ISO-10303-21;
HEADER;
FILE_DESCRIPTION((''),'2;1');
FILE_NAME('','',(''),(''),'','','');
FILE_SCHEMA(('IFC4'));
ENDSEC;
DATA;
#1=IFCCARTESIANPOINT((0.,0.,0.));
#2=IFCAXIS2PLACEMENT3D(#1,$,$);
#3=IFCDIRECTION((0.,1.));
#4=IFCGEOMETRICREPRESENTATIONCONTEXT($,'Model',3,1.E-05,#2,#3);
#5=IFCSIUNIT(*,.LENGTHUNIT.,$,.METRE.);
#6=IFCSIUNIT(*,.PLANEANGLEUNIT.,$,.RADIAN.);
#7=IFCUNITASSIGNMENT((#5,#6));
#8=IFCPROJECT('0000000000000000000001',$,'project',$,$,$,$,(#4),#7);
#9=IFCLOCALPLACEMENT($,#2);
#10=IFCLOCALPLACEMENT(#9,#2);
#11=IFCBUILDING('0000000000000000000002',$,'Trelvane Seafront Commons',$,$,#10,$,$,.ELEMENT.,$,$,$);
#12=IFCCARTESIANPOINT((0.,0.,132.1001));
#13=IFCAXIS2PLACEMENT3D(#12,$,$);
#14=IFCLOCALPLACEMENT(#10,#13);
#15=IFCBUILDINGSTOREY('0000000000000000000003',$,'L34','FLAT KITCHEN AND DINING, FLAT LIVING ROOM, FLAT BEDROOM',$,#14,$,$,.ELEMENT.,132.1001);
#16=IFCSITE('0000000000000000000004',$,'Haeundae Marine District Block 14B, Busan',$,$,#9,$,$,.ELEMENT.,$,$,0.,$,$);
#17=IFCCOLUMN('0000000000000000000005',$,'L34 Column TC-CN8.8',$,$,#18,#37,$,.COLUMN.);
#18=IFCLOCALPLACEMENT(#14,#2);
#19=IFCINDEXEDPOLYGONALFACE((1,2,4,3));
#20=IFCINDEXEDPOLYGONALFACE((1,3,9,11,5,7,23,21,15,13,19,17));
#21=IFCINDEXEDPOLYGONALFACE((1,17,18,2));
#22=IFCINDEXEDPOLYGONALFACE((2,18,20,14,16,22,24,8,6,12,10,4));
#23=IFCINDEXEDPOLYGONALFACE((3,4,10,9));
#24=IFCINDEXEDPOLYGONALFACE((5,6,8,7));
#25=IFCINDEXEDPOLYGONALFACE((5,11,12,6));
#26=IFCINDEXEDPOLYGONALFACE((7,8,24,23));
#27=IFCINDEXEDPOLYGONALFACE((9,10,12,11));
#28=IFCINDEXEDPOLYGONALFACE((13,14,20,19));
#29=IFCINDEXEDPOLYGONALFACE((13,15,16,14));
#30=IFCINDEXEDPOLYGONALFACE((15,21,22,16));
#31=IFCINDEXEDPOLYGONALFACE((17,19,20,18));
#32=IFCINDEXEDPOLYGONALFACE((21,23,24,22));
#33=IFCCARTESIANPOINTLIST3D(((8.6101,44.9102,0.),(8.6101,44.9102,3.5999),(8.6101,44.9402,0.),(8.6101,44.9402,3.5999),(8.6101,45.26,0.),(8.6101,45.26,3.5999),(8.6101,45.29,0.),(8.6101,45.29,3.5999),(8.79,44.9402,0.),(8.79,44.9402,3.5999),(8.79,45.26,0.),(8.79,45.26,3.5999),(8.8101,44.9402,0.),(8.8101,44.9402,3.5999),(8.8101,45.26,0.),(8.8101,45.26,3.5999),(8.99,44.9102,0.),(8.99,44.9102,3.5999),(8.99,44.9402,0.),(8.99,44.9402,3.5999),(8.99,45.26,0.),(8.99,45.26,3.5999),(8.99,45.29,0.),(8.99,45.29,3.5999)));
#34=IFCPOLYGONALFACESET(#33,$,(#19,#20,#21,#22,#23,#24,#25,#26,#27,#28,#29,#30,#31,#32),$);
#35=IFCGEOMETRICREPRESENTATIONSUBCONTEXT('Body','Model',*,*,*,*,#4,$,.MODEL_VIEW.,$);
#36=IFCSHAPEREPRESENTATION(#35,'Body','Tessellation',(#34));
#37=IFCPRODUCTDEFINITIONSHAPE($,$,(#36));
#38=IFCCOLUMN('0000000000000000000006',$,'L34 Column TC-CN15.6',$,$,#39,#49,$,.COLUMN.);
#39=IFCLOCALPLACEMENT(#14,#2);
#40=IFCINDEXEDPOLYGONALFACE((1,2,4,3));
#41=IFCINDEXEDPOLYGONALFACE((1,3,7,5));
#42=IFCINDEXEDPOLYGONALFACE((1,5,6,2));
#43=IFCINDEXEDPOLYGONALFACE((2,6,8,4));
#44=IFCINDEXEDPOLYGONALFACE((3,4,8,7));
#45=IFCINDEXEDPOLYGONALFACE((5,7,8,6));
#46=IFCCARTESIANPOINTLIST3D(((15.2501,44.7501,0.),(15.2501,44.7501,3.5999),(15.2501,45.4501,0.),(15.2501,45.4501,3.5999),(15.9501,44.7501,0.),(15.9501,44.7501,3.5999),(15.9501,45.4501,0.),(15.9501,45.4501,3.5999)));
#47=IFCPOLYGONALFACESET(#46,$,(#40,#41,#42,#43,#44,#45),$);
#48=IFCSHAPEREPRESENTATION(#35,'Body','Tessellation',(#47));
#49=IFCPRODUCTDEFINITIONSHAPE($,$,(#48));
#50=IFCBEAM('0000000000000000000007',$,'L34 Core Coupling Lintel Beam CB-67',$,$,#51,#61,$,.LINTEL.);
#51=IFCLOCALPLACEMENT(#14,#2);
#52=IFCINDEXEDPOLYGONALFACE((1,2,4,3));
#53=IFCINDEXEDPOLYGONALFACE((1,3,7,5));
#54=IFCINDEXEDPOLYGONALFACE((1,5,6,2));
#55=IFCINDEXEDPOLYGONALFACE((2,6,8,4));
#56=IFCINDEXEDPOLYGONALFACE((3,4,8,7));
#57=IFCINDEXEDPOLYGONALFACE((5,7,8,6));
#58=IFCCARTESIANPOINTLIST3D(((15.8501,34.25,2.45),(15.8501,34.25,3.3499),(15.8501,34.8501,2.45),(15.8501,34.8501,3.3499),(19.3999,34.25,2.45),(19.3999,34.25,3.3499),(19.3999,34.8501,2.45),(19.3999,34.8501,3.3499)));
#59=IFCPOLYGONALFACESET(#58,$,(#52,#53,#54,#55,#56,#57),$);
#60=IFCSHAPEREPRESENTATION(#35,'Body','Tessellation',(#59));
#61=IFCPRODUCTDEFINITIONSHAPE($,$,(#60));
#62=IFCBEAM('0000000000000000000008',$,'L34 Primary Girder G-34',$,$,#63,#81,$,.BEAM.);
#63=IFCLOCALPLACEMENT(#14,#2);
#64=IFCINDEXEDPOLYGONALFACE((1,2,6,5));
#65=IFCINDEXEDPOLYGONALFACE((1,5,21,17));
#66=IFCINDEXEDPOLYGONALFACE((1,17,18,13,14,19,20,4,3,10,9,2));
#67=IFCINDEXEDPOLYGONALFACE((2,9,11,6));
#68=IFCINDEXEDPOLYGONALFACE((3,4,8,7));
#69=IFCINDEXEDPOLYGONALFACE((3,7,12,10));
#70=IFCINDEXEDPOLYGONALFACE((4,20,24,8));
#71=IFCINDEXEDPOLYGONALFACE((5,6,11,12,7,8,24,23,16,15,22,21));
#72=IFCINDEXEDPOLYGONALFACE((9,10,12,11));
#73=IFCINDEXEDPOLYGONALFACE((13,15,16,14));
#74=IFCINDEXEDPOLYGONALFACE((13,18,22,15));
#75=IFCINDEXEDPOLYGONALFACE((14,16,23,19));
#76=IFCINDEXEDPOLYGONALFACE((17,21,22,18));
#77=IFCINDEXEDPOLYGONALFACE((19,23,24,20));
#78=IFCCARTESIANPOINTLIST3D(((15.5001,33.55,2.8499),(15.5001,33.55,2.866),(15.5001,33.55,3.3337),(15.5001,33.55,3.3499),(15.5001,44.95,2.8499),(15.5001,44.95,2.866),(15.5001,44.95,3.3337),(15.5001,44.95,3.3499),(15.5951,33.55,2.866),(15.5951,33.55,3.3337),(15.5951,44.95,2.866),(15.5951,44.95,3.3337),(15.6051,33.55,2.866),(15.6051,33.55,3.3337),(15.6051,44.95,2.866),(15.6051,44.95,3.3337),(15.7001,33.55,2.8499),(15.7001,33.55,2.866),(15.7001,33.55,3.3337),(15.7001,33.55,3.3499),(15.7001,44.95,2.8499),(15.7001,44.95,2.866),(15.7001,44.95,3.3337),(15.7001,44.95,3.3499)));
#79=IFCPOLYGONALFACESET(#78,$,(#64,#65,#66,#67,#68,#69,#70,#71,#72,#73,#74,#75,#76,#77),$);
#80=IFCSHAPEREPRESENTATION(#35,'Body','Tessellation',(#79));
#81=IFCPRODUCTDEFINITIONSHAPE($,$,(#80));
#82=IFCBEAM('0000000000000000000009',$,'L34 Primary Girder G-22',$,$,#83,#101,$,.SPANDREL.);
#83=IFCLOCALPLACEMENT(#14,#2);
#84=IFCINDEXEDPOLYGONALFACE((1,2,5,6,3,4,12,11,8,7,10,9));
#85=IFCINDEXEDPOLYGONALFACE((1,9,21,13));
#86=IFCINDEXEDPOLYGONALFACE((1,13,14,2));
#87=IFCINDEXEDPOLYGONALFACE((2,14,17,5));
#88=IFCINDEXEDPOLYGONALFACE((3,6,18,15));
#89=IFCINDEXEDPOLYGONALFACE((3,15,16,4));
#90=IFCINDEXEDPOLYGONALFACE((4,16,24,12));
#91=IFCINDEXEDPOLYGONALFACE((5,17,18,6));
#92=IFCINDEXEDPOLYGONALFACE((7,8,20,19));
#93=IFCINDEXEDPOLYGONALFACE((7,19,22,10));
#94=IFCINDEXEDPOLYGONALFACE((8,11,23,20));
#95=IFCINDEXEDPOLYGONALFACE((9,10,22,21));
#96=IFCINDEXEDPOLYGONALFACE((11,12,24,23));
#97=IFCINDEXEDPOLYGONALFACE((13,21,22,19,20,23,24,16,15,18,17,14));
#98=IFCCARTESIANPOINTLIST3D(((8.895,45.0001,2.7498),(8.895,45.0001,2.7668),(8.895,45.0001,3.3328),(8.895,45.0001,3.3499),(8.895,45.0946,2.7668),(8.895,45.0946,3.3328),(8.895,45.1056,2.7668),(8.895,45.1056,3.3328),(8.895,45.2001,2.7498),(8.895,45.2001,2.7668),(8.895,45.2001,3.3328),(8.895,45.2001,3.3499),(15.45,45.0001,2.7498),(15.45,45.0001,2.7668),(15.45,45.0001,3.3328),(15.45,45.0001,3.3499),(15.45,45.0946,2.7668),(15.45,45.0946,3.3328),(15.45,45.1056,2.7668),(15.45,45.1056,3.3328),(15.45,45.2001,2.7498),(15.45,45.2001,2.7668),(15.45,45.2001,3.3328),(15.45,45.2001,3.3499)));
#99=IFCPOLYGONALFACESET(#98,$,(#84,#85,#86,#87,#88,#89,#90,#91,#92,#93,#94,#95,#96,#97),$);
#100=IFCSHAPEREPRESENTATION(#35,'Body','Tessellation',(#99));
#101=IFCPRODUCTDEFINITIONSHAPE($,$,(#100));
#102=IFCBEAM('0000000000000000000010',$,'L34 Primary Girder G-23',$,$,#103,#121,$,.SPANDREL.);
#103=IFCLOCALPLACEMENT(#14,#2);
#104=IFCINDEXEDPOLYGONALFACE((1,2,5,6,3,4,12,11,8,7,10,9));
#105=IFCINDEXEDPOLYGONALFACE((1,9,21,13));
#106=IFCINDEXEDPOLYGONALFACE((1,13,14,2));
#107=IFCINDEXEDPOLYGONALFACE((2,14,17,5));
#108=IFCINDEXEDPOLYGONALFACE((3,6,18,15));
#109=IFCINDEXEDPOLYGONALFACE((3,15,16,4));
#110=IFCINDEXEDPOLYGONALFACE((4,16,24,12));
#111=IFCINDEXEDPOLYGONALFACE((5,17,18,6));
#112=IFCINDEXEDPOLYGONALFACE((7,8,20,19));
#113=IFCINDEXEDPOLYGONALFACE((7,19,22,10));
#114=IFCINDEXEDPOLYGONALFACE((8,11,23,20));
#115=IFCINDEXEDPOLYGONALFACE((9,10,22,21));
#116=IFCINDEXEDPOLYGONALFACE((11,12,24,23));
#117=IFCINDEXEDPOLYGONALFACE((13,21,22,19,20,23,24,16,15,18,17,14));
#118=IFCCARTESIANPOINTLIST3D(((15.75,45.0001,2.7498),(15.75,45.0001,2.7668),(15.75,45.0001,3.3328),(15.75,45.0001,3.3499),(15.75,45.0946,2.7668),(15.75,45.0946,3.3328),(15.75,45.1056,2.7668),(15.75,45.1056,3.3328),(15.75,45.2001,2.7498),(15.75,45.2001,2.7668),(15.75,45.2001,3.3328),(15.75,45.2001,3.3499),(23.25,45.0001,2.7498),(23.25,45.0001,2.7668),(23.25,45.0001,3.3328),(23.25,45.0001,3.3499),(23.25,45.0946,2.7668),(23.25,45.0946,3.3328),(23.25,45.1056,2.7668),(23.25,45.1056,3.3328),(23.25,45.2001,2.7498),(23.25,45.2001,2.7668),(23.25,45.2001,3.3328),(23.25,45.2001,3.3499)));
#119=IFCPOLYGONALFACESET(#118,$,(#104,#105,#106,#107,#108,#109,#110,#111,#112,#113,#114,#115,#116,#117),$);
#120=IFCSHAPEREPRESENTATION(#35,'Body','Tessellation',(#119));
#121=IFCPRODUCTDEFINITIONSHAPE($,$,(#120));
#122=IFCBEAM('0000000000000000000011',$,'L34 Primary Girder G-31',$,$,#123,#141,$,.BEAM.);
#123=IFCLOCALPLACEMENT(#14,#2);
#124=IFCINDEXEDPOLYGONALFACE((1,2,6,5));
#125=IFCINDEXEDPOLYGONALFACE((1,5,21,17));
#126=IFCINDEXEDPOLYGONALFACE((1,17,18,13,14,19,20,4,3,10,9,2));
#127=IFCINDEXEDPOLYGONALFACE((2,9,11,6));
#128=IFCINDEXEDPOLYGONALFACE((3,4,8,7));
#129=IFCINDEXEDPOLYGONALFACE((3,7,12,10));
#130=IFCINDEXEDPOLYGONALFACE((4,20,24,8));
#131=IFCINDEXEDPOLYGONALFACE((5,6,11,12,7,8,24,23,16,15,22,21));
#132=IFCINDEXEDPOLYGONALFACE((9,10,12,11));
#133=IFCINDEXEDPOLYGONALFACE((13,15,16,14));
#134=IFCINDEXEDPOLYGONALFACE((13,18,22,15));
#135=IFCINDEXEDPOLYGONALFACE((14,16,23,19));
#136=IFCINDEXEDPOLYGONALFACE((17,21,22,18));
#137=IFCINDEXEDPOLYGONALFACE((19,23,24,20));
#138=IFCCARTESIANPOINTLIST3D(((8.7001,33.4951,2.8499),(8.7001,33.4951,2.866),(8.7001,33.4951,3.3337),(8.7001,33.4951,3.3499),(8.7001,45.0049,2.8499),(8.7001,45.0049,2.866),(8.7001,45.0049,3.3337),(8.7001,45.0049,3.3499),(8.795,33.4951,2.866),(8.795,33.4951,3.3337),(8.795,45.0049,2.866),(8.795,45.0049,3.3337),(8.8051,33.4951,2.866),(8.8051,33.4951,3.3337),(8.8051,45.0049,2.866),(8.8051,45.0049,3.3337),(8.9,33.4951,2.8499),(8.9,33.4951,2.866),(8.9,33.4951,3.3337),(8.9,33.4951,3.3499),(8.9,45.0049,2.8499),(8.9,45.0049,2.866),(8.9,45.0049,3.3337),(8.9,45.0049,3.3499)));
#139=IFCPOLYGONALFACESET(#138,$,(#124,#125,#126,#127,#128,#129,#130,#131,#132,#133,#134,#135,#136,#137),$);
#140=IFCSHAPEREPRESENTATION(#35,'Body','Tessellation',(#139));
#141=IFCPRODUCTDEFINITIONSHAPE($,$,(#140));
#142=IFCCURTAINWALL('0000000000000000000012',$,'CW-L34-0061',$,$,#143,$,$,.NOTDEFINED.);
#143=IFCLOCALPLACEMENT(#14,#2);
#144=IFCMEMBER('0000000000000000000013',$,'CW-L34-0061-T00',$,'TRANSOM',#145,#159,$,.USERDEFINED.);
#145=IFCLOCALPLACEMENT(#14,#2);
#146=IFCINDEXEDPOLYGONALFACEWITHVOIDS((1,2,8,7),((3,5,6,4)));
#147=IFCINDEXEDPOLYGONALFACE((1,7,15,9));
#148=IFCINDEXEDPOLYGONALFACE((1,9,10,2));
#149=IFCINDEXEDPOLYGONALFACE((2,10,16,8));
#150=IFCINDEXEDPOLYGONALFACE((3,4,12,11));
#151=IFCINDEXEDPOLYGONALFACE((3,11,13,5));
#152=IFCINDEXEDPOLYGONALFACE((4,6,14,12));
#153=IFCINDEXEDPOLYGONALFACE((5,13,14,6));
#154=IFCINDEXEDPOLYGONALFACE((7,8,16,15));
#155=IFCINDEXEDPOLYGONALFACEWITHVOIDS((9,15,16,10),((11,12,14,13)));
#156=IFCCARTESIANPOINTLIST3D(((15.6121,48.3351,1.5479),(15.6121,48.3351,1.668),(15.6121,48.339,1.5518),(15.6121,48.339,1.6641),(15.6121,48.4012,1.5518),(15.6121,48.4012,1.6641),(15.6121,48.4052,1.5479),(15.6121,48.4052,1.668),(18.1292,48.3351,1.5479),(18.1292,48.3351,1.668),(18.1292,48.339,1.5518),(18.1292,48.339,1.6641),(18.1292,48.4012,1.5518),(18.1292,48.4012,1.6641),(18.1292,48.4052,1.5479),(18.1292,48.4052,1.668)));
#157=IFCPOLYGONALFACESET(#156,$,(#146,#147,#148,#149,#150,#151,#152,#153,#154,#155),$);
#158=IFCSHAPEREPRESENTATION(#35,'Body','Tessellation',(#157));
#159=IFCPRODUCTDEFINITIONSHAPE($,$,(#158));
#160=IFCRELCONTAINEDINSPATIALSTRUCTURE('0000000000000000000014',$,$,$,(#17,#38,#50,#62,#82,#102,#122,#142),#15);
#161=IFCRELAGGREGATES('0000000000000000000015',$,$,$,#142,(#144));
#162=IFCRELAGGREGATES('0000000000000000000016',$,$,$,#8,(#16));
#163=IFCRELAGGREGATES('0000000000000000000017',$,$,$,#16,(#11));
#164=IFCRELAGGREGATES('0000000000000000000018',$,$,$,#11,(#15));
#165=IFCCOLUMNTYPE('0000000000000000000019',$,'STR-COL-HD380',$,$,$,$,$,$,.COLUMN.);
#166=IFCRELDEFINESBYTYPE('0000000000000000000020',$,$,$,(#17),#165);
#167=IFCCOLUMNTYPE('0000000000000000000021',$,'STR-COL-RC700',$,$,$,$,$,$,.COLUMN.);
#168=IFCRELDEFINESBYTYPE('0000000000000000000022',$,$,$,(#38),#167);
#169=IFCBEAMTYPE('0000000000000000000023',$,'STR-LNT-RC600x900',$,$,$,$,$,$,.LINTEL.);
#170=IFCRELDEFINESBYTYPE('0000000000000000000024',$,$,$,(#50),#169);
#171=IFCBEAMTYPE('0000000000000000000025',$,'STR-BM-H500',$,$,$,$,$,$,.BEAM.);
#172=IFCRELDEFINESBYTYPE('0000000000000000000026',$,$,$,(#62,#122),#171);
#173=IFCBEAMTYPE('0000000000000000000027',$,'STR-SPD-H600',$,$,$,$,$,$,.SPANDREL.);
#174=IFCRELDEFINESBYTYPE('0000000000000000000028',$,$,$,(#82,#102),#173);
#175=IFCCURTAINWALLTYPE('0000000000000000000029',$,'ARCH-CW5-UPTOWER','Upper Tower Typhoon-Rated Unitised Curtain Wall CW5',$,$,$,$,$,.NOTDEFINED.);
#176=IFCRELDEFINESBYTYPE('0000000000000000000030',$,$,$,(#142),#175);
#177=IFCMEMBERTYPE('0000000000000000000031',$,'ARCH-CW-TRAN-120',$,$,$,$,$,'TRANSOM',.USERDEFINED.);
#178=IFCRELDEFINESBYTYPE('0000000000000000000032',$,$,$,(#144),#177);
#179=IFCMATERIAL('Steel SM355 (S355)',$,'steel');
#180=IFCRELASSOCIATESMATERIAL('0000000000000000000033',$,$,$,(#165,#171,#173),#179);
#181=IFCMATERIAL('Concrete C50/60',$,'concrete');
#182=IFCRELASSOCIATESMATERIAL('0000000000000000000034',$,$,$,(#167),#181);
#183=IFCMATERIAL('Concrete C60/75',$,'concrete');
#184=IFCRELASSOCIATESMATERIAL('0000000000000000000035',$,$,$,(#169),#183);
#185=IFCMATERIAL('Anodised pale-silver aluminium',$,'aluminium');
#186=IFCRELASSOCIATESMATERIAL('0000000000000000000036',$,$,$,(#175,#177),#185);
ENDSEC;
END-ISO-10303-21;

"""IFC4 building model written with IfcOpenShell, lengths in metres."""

from ifc_helpers import new_model, si_unit, direction, frame, origin, origin_2d, place, context, subcontext, project, spatial, rectangle, hollow_rectangle, i_section, extrude, source, transform, mapped, material, material_profile, profile_set, type_object, element, aggregate, save


model = new_model("IFC4")

# Units and contexts
model_context = context("Model", 3, precision=1e-05, world=origin(), true_north=direction((0.0, 1.0)))
body_context = subcontext(model_context, "Body", "Model", "MODEL_VIEW")
ifc_project = project(units=[si_unit("LENGTHUNIT", "METRE"), si_unit("PLANEANGLEUNIT", "RADIAN")], contexts=[model_context])

# Site, building, storey
site_placement = place(None, origin())
site = spatial("IfcSite", under=ifc_project, at=site_placement, Name="Haeundae Marine District Block 14B, Busan", CompositionType="ELEMENT", RefElevation=0.0)
building_placement = place(site_placement, origin())
building = spatial("IfcBuilding", under=site, at=building_placement, Name="Trelvane Seafront Commons", CompositionType="ELEMENT")
storey_placement = place(building_placement, frame((0.0, 0.0, 132.1001)))
storey = spatial("IfcBuildingStorey", under=building, at=storey_placement, Name="L34", Description="FLAT KITCHEN AND DINING, FLAT LIVING ROOM, FLAT BEDROOM", CompositionType="ELEMENT", Elevation=132.1001)

# Columns
ifc_material_1 = material(Name="Steel SM355 (S355)", Category="steel")
ifc_material_profile_1 = material_profile(ifc_material_1, i_section(OverallWidth=0.3799, OverallDepth=0.3799, WebThickness=0.02, FlangeThickness=0.03, at=origin_2d()), Name="HD-380x380x20x30")
ifc_profile_set_1 = profile_set([ifc_material_profile_1], Name="Steel SM355 (S355)")
column_type_1 = type_object("IfcColumnType", Name="STR-COL-HD380", PredefinedType="COLUMN", material=ifc_profile_set_1)
shared_shape_1 = source(origin(), body_context, "Body", "SweptSolid", [
    extrude(i_section(OverallWidth=0.3799, OverallDepth=0.3799, WebThickness=0.02, FlangeThickness=0.03, at=origin_2d()), origin(), (0.0, 0.0, 1.0), 3.5999),
])
column_1_placement = place(storey_placement, frame((8.8, 45.1001, 0.0), z_axis=(0.0, 0.0, 1.0), x_axis=(1.0, 0.0, 0.0)))
element("IfcColumn", 1, at=column_1_placement, inside=storey, type_object=column_type_1, Name="L34 Column TC-CN8.8", PredefinedType="COLUMN", context=body_context, shape_type="MappedRepresentation", body=[
    mapped(shared_shape_1, transform((0.0, 0.0, 0.0), x_axis=(1.0, 0.0, 0.0), y_axis=(0.0, 1.0, 0.0), z_axis=(0.0, 0.0, 1.0), scale=1.0)),
])
ifc_material_2 = material(Name="Concrete C50/60", Category="concrete")
ifc_material_profile_2 = material_profile(ifc_material_2, rectangle(XDim=0.7, YDim=0.7, at=origin_2d()), Name="RC-700x700")
ifc_profile_set_2 = profile_set([ifc_material_profile_2], Name="Concrete C50/60")
column_type_2 = type_object("IfcColumnType", Name="STR-COL-RC700", PredefinedType="COLUMN", material=ifc_profile_set_2)
shared_shape_2 = source(origin(), body_context, "Body", "SweptSolid", [
    extrude(rectangle(XDim=0.7, YDim=0.7, at=origin_2d()), origin(), (0.0, 0.0, 1.0), 3.5999),
])
column_2_placement = place(storey_placement, frame((15.6001, 45.1001, 0.0), z_axis=(0.0, 0.0, 1.0), x_axis=(1.0, 0.0, 0.0)))
element("IfcColumn", 2, at=column_2_placement, inside=storey, type_object=column_type_2, Name="L34 Column TC-CN15.6", PredefinedType="COLUMN", context=body_context, shape_type="MappedRepresentation", body=[
    mapped(shared_shape_2, transform((0.0, 0.0, 0.0), x_axis=(1.0, 0.0, 0.0), y_axis=(0.0, 1.0, 0.0), z_axis=(0.0, 0.0, 1.0), scale=1.0)),
])

# Beams
ifc_material_3 = material(Name="Concrete C60/75", Category="concrete")
ifc_material_profile_3 = material_profile(ifc_material_3, rectangle(XDim=0.6001, YDim=0.8999, at=origin_2d()), Name="RC-600x900")
ifc_profile_set_3 = profile_set([ifc_material_profile_3], Name="Concrete C60/75")
beam_type_1 = type_object("IfcBeamType", Name="STR-LNT-RC600x900", PredefinedType="LINTEL", material=ifc_profile_set_3)
shared_shape_3 = source(origin(), body_context, "Body", "SweptSolid", [
    extrude(rectangle(XDim=0.6001, YDim=0.8999, at=origin_2d()), origin(), (0.0, 0.0, 1.0), 3.5498),
])
beam_1_placement = place(storey_placement, frame((15.8501, 34.55, 2.8999), z_axis=(1.0, 0.0, 0.0), x_axis=(0.0, 1.0, 0.0)))
element("IfcBeam", 3, at=beam_1_placement, inside=storey, type_object=beam_type_1, Name="L34 Core Coupling Lintel Beam CB-67", PredefinedType="LINTEL", context=body_context, shape_type="MappedRepresentation", body=[
    mapped(shared_shape_3, transform((0.0, 0.0, 0.0), x_axis=(1.0, 0.0, 0.0), y_axis=(0.0, 1.0, 0.0), z_axis=(0.0, 0.0, 1.0), scale=1.0)),
])
ifc_material_profile_4 = material_profile(ifc_material_1, i_section(OverallWidth=0.2, OverallDepth=0.5, WebThickness=0.01, FlangeThickness=0.0161, at=origin_2d()), Name="H-500x200x10x16")
ifc_profile_set_4 = profile_set([ifc_material_profile_4], Name="Steel SM355 (S355)")
beam_type_2 = type_object("IfcBeamType", Name="STR-BM-H500", PredefinedType="BEAM", material=ifc_profile_set_4)
shared_shape_4 = source(origin(), body_context, "Body", "SweptSolid", [
    extrude(i_section(OverallWidth=0.2, OverallDepth=0.5, WebThickness=0.01, FlangeThickness=0.0161, at=origin_2d()), origin(), (0.0, 0.0, 1.0), 11.3999),
])
beam_2_placement = place(storey_placement, frame((15.6001, 33.55, 3.0999), z_axis=(0.0, 1.0, 0.0), x_axis=(-1.0, 0.0, 0.0)))
element("IfcBeam", 4, at=beam_2_placement, inside=storey, type_object=beam_type_2, Name="L34 Primary Girder G-34", PredefinedType="BEAM", context=body_context, shape_type="MappedRepresentation", body=[
    mapped(shared_shape_4, transform((0.0, 0.0, 0.0), x_axis=(1.0, 0.0, 0.0), y_axis=(0.0, 1.0, 0.0), z_axis=(0.0, 0.0, 1.0), scale=1.0)),
])
ifc_material_profile_5 = material_profile(ifc_material_1, i_section(OverallWidth=0.2, OverallDepth=0.6001, WebThickness=0.011, FlangeThickness=0.0171, at=origin_2d()), Name="H-600x200x11x17")
ifc_profile_set_5 = profile_set([ifc_material_profile_5], Name="Steel SM355 (S355)")
beam_type_3 = type_object("IfcBeamType", Name="STR-SPD-H600", PredefinedType="SPANDREL", material=ifc_profile_set_5)
shared_shape_5 = source(origin(), body_context, "Body", "SweptSolid", [
    extrude(i_section(OverallWidth=0.2, OverallDepth=0.6001, WebThickness=0.011, FlangeThickness=0.0171, at=origin_2d()), origin(), (0.0, 0.0, 1.0), 6.5549),
])
beam_3_placement = place(storey_placement, frame((8.895, 45.1001, 3.0498), z_axis=(1.0, 0.0, 0.0), x_axis=(0.0, 1.0, 0.0)))
element("IfcBeam", 5, at=beam_3_placement, inside=storey, type_object=beam_type_3, Name="L34 Primary Girder G-22", PredefinedType="SPANDREL", context=body_context, shape_type="MappedRepresentation", body=[
    mapped(shared_shape_5, transform((0.0, 0.0, 0.0), x_axis=(1.0, 0.0, 0.0), y_axis=(0.0, 1.0, 0.0), z_axis=(0.0, 0.0, 1.0), scale=1.0)),
])
shared_shape_6 = source(origin(), body_context, "Body", "SweptSolid", [
    extrude(i_section(OverallWidth=0.2, OverallDepth=0.6001, WebThickness=0.011, FlangeThickness=0.0171, at=origin_2d()), origin(), (0.0, 0.0, 1.0), 7.5),
])
beam_4_placement = place(storey_placement, frame((15.75, 45.1001, 3.0498), z_axis=(1.0, 0.0, 0.0), x_axis=(0.0, 1.0, 0.0)))
element("IfcBeam", 6, at=beam_4_placement, inside=storey, type_object=beam_type_3, Name="L34 Primary Girder G-23", PredefinedType="SPANDREL", context=body_context, shape_type="MappedRepresentation", body=[
    mapped(shared_shape_6, transform((0.0, 0.0, 0.0), x_axis=(1.0, 0.0, 0.0), y_axis=(0.0, 1.0, 0.0), z_axis=(0.0, 0.0, 1.0), scale=1.0)),
])
shared_shape_7 = source(origin(), body_context, "Body", "SweptSolid", [
    extrude(i_section(OverallWidth=0.2, OverallDepth=0.5, WebThickness=0.01, FlangeThickness=0.0161, at=origin_2d()), origin(), (0.0, 0.0, 1.0), 11.5098),
])
beam_5_placement = place(storey_placement, frame((8.8, 33.4951, 3.0999), z_axis=(0.0, 1.0, 0.0), x_axis=(-1.0, 0.0, 0.0)))
element("IfcBeam", 7, at=beam_5_placement, inside=storey, type_object=beam_type_2, Name="L34 Primary Girder G-31", PredefinedType="BEAM", context=body_context, shape_type="MappedRepresentation", body=[
    mapped(shared_shape_7, transform((0.0, 0.0, 0.0), x_axis=(1.0, 0.0, 0.0), y_axis=(0.0, 1.0, 0.0), z_axis=(0.0, 0.0, 1.0), scale=1.0)),
])

# Curtain wall, member
ifc_material_4 = material(Name="Anodised pale-silver aluminium", Category="aluminium")
curtain_wall_type = type_object("IfcCurtainWallType", Name="ARCH-CW5-UPTOWER", Description="Upper Tower Typhoon-Rated Unitised Curtain Wall CW5", PredefinedType="NOTDEFINED", material=ifc_material_4)
curtain_wall_placement = place(storey_placement, origin())
curtain_wall = element("IfcCurtainWall", 8, at=curtain_wall_placement, inside=storey, type_object=curtain_wall_type, Name="CW-L34-0061", PredefinedType="NOTDEFINED")
ifc_material_profile_6 = material_profile(ifc_material_4, hollow_rectangle(XDim=0.0701, YDim=0.1201, WallThickness=0.0039, at=origin_2d()), Name="TRAN-70x120x4")
ifc_profile_set_6 = profile_set([ifc_material_profile_6], Name="Anodised pale-silver aluminium")
member_type_1 = type_object("IfcMemberType", Name="ARCH-CW-TRAN-120", ElementType="TRANSOM", PredefinedType="USERDEFINED", material=ifc_profile_set_6)
shared_shape_8 = source(origin(), body_context, "Body", "SweptSolid", [
    extrude(hollow_rectangle(XDim=0.0701, YDim=0.1201, WallThickness=0.0039, at=origin_2d()), origin(), (0.0, 0.0, 1.0), 2.5171),
])
member_1_placement = place(storey_placement, frame((15.6121, 48.3701, 1.6079), z_axis=(1.0, 0.0, 0.0), x_axis=(0.0, 1.0, 0.0)))
member_1 = element("IfcMember", 9, at=member_1_placement, type_object=member_type_1, Name="CW-L34-0061-T00", ObjectType="TRANSOM", PredefinedType="USERDEFINED", context=body_context, shape_type="MappedRepresentation", body=[
    mapped(shared_shape_8, transform((0.0, 0.0, 0.0), x_axis=(1.0, 0.0, 0.0), y_axis=(0.0, 1.0, 0.0), z_axis=(0.0, 0.0, 1.0), scale=1.0)),
])
aggregate(curtain_wall, [member_1])

save(model, "model.ifc")
